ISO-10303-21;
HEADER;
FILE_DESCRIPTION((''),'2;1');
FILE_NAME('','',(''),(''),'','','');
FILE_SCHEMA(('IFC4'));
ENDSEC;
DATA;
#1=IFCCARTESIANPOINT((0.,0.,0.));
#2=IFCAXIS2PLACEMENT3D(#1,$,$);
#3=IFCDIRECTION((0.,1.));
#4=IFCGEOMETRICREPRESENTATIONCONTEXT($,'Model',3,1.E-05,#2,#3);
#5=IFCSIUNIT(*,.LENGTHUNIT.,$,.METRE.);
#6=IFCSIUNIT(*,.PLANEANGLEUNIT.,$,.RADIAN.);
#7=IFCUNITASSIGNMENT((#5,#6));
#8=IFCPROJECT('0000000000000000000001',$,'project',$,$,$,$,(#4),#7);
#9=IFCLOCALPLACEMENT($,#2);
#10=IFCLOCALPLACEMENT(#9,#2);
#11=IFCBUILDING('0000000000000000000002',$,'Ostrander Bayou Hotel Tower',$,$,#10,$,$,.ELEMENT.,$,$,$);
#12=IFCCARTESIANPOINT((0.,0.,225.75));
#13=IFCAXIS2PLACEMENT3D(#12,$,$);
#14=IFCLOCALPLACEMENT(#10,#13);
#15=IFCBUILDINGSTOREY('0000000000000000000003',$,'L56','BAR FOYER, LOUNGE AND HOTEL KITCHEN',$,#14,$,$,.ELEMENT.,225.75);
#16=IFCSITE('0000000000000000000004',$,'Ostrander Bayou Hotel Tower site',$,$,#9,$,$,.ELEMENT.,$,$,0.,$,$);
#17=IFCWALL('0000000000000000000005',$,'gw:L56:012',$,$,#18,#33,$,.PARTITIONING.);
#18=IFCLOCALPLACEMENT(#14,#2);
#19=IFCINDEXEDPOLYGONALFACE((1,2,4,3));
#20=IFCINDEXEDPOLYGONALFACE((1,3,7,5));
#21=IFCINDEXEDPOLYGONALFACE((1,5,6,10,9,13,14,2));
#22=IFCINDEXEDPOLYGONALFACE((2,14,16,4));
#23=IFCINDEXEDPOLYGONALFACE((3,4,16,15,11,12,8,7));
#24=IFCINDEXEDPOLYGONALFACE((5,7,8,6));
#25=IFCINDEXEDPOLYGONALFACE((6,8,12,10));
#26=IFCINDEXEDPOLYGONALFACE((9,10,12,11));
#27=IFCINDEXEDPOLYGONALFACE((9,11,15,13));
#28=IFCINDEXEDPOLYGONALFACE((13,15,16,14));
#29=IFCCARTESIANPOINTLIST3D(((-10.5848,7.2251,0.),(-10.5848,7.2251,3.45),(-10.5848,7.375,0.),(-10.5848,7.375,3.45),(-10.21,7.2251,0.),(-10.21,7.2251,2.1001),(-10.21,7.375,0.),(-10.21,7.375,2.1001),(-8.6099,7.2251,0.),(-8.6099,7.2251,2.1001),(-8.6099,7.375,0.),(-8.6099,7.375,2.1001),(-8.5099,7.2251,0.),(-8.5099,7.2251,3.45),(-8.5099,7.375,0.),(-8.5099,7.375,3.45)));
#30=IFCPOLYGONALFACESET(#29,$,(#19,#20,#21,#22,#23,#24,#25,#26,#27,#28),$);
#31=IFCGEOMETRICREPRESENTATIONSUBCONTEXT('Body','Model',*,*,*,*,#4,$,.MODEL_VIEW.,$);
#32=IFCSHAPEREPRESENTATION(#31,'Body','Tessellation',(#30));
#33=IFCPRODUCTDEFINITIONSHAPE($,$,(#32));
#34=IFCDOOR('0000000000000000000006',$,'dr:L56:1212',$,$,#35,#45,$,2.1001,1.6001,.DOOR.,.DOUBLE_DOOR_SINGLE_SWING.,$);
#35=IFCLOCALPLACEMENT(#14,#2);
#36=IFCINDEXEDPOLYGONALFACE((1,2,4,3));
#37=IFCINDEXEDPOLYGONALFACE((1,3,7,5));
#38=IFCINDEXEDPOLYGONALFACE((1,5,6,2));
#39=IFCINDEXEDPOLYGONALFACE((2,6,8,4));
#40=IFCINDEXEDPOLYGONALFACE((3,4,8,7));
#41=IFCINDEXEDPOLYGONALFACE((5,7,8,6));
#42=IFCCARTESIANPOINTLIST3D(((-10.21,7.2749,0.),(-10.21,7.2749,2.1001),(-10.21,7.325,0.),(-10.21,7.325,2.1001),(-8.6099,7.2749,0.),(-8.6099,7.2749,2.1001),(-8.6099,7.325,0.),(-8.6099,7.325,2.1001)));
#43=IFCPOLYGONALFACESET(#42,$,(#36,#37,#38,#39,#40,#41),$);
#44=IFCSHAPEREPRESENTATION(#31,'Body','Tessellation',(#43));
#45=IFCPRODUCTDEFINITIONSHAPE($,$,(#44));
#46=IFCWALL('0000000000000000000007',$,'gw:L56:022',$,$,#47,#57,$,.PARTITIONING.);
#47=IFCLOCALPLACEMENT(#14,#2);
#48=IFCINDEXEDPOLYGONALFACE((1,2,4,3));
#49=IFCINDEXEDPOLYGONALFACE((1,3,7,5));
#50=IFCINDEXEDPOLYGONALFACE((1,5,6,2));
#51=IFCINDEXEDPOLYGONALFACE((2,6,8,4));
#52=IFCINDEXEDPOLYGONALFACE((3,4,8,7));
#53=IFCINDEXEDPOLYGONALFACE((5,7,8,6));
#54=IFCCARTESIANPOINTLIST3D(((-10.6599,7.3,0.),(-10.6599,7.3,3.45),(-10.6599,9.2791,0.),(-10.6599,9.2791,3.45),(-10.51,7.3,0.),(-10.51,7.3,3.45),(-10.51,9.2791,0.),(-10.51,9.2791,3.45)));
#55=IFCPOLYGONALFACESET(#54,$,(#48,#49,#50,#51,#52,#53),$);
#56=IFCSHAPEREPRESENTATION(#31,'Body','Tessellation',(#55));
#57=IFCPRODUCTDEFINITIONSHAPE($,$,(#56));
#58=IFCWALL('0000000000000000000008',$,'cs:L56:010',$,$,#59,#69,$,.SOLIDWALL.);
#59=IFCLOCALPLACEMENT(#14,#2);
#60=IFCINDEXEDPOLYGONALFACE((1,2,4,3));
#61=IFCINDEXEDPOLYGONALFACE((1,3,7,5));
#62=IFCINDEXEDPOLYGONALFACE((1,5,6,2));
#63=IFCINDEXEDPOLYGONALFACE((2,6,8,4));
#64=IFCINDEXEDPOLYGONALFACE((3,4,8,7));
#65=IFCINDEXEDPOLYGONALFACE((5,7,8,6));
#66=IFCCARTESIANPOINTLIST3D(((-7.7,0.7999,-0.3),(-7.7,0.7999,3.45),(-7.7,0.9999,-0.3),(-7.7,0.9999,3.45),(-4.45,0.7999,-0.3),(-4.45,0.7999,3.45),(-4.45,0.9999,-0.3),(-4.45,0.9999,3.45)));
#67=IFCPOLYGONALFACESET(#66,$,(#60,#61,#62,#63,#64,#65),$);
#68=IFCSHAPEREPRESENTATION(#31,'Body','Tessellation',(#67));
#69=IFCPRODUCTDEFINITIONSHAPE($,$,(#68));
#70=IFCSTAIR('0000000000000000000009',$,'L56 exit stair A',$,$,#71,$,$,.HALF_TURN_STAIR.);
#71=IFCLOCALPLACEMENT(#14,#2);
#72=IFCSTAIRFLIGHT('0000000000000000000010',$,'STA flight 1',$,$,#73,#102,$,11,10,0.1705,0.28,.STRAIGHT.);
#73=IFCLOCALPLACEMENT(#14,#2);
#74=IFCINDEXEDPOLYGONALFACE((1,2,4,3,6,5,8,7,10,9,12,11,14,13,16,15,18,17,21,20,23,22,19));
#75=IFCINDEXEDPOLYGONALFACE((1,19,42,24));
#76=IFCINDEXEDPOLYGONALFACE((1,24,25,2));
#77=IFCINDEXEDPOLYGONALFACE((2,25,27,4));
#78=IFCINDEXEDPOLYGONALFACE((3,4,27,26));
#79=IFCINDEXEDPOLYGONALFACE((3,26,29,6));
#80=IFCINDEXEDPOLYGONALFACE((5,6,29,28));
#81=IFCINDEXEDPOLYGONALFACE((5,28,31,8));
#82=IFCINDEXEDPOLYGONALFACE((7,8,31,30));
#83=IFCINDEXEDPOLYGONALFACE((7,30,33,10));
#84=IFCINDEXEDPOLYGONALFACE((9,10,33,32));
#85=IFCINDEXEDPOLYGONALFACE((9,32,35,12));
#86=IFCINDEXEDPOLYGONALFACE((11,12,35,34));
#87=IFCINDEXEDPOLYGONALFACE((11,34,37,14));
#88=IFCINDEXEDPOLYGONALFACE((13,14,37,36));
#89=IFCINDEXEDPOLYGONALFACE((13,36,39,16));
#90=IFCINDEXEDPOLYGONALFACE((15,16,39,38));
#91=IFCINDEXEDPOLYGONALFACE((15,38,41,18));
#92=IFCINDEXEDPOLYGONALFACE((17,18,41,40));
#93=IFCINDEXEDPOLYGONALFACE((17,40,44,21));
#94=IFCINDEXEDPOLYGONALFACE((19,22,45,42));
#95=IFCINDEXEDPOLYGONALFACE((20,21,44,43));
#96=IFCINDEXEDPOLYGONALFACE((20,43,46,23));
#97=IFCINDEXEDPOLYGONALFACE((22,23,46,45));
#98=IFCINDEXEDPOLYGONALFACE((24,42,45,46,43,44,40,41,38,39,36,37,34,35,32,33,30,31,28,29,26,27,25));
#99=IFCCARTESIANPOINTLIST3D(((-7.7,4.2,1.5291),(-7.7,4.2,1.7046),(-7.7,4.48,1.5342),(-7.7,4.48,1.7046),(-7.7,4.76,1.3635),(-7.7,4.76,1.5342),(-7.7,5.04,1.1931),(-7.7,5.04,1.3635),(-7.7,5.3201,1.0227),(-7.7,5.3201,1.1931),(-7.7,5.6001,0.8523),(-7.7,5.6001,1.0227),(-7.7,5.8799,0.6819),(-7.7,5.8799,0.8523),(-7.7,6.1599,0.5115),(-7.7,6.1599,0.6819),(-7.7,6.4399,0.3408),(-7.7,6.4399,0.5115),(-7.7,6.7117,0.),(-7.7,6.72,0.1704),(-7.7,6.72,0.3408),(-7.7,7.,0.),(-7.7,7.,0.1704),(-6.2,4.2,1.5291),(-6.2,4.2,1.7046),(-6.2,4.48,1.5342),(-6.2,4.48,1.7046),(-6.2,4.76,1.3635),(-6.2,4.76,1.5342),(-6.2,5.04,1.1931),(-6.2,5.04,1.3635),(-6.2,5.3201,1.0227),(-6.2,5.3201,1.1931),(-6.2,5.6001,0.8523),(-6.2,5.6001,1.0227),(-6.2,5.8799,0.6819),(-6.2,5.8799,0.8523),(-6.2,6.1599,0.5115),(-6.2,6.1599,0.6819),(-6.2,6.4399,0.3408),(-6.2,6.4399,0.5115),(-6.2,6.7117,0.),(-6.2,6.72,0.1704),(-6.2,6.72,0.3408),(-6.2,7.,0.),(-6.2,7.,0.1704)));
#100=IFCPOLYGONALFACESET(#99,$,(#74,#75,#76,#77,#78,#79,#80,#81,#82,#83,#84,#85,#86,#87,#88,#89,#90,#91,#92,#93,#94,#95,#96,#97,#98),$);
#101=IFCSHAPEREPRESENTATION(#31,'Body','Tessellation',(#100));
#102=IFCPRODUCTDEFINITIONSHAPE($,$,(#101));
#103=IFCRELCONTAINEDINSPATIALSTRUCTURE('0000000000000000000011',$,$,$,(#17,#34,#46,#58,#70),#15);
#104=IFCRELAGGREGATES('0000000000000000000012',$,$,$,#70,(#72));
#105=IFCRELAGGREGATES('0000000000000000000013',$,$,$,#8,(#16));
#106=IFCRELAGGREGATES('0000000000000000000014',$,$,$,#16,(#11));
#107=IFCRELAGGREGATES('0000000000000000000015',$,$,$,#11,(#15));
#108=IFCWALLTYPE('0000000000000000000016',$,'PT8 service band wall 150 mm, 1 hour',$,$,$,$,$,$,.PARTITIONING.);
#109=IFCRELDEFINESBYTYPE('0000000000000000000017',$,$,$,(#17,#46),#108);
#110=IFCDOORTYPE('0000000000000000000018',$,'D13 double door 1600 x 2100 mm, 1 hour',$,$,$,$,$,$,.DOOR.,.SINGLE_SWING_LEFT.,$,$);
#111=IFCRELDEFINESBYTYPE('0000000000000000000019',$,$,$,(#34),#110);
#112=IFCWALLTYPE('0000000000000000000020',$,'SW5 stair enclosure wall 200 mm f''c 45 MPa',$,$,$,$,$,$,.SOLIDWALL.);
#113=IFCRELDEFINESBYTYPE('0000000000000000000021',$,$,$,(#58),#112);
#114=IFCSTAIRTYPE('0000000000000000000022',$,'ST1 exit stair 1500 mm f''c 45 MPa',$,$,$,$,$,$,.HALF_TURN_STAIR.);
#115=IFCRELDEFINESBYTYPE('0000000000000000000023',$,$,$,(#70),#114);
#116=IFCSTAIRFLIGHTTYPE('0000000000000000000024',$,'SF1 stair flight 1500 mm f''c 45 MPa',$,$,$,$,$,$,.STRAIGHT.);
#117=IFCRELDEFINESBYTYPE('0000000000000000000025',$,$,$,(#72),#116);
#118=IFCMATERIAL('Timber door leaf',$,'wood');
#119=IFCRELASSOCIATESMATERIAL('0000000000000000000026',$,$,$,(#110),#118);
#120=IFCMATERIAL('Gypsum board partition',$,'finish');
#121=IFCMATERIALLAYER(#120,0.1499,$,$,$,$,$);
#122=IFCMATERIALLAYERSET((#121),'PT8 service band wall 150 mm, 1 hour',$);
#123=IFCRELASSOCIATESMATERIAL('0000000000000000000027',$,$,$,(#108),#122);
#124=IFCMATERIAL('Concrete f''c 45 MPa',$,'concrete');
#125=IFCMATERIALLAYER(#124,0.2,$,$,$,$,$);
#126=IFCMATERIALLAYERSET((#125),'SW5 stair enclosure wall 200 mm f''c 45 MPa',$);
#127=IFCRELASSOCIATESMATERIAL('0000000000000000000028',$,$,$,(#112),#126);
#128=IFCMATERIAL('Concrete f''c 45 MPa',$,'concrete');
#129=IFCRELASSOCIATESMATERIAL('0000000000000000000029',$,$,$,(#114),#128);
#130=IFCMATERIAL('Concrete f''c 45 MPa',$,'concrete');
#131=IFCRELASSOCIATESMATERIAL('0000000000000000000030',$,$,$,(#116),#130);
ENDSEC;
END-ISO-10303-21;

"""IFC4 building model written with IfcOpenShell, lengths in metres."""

from ifc_helpers import new_model, si_unit, direction, frame, frame_2d, origin, place, context, subcontext, project, spatial, polyline, rectangle, outline, extrude, material, layer, layer_set, type_object, element, fill, aggregate, save


model = new_model("IFC4")

# Units and contexts
model_context = context("Model", 3, precision=1e-05, world=origin(), true_north=direction((0.0, 1.0)))
body_context = subcontext(model_context, "Body", "Model", "MODEL_VIEW")
ifc_project = project(units=[si_unit("LENGTHUNIT", "METRE"), si_unit("PLANEANGLEUNIT", "RADIAN")], contexts=[model_context])

# Site, building, storey
site_placement = place(None, origin())
site = spatial("IfcSite", under=ifc_project, at=site_placement, Name="Ostrander Bayou Hotel Tower site", CompositionType="ELEMENT", RefElevation=0.0)
building_placement = place(site_placement, origin())
building = spatial("IfcBuilding", under=site, at=building_placement, Name="Ostrander Bayou Hotel Tower", CompositionType="ELEMENT")
storey_placement = place(building_placement, frame((0.0, 0.0, 225.75)))
storey = spatial("IfcBuildingStorey", under=building, at=storey_placement, Name="L56", Description="BAR FOYER, LOUNGE AND HOTEL KITCHEN", CompositionType="ELEMENT", Elevation=225.75)

# Shared definitions
ifc_material_1 = material(Name="Timber door leaf", Category="wood")
door_type_1 = type_object("IfcDoorType", Name="D13 double door 1600 x 2100 mm, 1 hour", OperationType="SINGLE_SWING_LEFT", PredefinedType="DOOR", material=ifc_material_1)

# Wall, opening, door
ifc_material_2 = material(Name="Gypsum board partition", Category="finish")
ifc_layer_1 = layer(ifc_material_2, 0.1499)
ifc_layer_set_1 = layer_set([ifc_layer_1], Name="PT8 service band wall 150 mm, 1 hour")
wall_type_1 = type_object("IfcWallType", Name="PT8 service band wall 150 mm, 1 hour", PredefinedType="PARTITIONING", material=ifc_layer_set_1)
wall_1_placement = place(storey_placement, frame((-10.585, 7.3, 0.0), z_axis=(0.0, 0.0, 1.0), x_axis=(1.0, 0.0, 0.0)))
wall_1 = element("IfcWall", 1, at=wall_1_placement, inside=storey, type_object=wall_type_1, Name="gw:L56:012", PredefinedType="PARTITIONING", context=body_context, shape_type="SweptSolid", body=[
    extrude(rectangle(XDim=2.075, YDim=0.1499, at=frame_2d((1.0376, 0.0))), origin(), (0.0, 0.0, 1.0), 3.45),
])
opening_1_placement = place(wall_1_placement, frame((0.375, 0.0, 0.0)))
opening_1 = element("IfcOpeningElement", 2, at=opening_1_placement, cuts=wall_1, PredefinedType="OPENING", context=body_context, shape_type="SweptSolid", body=[
    extrude(rectangle(XDim=1.6001, YDim=2.1001, at=frame_2d((0.8, 1.05))), frame((0.0, 0.075, 0.0), z_axis=(0.0, -1.0, 0.0), x_axis=(1.0, 0.0, 0.0)), (0.0, 0.0, 1.0), 0.1499),
])
door_1_placement = place(opening_1_placement, origin())
door_1 = element("IfcDoor", 3, at=door_1_placement, inside=storey, type_object=door_type_1, Name="dr:L56:1212", OperationType="DOUBLE_DOOR_SINGLE_SWING", OverallHeight=2.1001, OverallWidth=1.6001, PredefinedType="DOOR", context=body_context, shape_type="SweptSolid", body=[
    extrude(rectangle(XDim=1.6001, YDim=2.1001, at=frame_2d((0.8, 1.05))), frame((0.0, 0.0249, 0.0), z_axis=(0.0, -1.0, 0.0), x_axis=(1.0, 0.0, 0.0)), (0.0, 0.0, 1.0), 0.05),
])
fill(opening_1, door_1)

# Walls
wall_2_placement = place(storey_placement, frame((-10.585, 7.3, 0.0), z_axis=(0.0, 0.0, 1.0), x_axis=(0.0, 1.0, 0.0)))
element("IfcWall", 4, at=wall_2_placement, inside=storey, type_object=wall_type_1, Name="gw:L56:022", PredefinedType="PARTITIONING", context=body_context, shape_type="SweptSolid", body=[
    extrude(rectangle(XDim=1.979, YDim=0.1499, at=frame_2d((0.9895, 0.0))), origin(), (0.0, 0.0, 1.0), 3.45),
])
ifc_material_3 = material(Name="Concrete f'c 45 MPa", Category="concrete")
ifc_layer_2 = layer(ifc_material_3, 0.2)
ifc_layer_set_2 = layer_set([ifc_layer_2], Name="SW5 stair enclosure wall 200 mm f'c 45 MPa")
wall_type_2 = type_object("IfcWallType", Name="SW5 stair enclosure wall 200 mm f'c 45 MPa", PredefinedType="SOLIDWALL", material=ifc_layer_set_2)
wall_3_placement = place(storey_placement, frame((-7.7, 0.8999, -0.3), z_axis=(0.0, 0.0, 1.0), x_axis=(1.0, 0.0, 0.0)))
element("IfcWall", 5, at=wall_3_placement, inside=storey, type_object=wall_type_2, Name="cs:L56:010", PredefinedType="SOLIDWALL", context=body_context, shape_type="SweptSolid", body=[
    extrude(rectangle(XDim=3.25, YDim=0.2, at=frame_2d((1.625, 0.0))), origin(), (0.0, 0.0, 1.0), 3.75),
])

# Stair, stair flight
ifc_material_4 = material(Name="Concrete f'c 45 MPa", Category="concrete")
stair_type = type_object("IfcStairType", Name="ST1 exit stair 1500 mm f'c 45 MPa", PredefinedType="HALF_TURN_STAIR", material=ifc_material_4)
stair_placement = place(storey_placement, origin())
stair = element("IfcStair", 6, at=stair_placement, inside=storey, type_object=stair_type, Name="L56 exit stair A", PredefinedType="HALF_TURN_STAIR")
ifc_material_5 = material(Name="Concrete f'c 45 MPa", Category="concrete")
stair_flight_type = type_object("IfcStairFlightType", Name="SF1 stair flight 1500 mm f'c 45 MPa", PredefinedType="STRAIGHT", material=ifc_material_5)
stair_flight_placement = place(storey_placement, frame((-6.95, 7.0, 0.0), z_axis=(0.0, 0.0, 1.0), x_axis=(0.0, -1.0, 0.0)))
stair_flight = element("IfcStairFlight", 7, at=stair_flight_placement, type_object=stair_flight_type, Name="STA flight 1", NumberOfRisers=11, NumberOfTreads=10, PredefinedType="STRAIGHT", RiserHeight=0.1705, TreadLength=0.28, context=body_context, shape_type="SweptSolid", body=[
    extrude(outline(polyline([(0.0, 0.0), (0.0, 0.1704), (0.28, 0.1704), (0.28, 0.3408), (0.5601, 0.3408), (0.5601, 0.5115), (0.8401, 0.5115), (0.8401, 0.6819), (1.1201, 0.6819), (1.1201, 0.8523), (1.3999, 0.8523), (1.3999, 1.0227), (1.6799, 1.0227), (1.6799, 1.1931), (1.96, 1.1931), (1.96, 1.3635), (2.24, 1.3635), (2.24, 1.5342), (2.52, 1.5342), (2.52, 1.7046), (2.8, 1.7046), (2.8, 1.875), (2.8, 1.5291), (0.2883, 0.0), (0.0, 0.0)])), frame((0.0, 0.75, 0.0), z_axis=(0.0, -1.0, 0.0), x_axis=(1.0, 0.0, 0.0)), (0.0, 0.0, 1.0), 1.5),
])
aggregate(stair, [stair_flight])

save(model, "model.ifc")
